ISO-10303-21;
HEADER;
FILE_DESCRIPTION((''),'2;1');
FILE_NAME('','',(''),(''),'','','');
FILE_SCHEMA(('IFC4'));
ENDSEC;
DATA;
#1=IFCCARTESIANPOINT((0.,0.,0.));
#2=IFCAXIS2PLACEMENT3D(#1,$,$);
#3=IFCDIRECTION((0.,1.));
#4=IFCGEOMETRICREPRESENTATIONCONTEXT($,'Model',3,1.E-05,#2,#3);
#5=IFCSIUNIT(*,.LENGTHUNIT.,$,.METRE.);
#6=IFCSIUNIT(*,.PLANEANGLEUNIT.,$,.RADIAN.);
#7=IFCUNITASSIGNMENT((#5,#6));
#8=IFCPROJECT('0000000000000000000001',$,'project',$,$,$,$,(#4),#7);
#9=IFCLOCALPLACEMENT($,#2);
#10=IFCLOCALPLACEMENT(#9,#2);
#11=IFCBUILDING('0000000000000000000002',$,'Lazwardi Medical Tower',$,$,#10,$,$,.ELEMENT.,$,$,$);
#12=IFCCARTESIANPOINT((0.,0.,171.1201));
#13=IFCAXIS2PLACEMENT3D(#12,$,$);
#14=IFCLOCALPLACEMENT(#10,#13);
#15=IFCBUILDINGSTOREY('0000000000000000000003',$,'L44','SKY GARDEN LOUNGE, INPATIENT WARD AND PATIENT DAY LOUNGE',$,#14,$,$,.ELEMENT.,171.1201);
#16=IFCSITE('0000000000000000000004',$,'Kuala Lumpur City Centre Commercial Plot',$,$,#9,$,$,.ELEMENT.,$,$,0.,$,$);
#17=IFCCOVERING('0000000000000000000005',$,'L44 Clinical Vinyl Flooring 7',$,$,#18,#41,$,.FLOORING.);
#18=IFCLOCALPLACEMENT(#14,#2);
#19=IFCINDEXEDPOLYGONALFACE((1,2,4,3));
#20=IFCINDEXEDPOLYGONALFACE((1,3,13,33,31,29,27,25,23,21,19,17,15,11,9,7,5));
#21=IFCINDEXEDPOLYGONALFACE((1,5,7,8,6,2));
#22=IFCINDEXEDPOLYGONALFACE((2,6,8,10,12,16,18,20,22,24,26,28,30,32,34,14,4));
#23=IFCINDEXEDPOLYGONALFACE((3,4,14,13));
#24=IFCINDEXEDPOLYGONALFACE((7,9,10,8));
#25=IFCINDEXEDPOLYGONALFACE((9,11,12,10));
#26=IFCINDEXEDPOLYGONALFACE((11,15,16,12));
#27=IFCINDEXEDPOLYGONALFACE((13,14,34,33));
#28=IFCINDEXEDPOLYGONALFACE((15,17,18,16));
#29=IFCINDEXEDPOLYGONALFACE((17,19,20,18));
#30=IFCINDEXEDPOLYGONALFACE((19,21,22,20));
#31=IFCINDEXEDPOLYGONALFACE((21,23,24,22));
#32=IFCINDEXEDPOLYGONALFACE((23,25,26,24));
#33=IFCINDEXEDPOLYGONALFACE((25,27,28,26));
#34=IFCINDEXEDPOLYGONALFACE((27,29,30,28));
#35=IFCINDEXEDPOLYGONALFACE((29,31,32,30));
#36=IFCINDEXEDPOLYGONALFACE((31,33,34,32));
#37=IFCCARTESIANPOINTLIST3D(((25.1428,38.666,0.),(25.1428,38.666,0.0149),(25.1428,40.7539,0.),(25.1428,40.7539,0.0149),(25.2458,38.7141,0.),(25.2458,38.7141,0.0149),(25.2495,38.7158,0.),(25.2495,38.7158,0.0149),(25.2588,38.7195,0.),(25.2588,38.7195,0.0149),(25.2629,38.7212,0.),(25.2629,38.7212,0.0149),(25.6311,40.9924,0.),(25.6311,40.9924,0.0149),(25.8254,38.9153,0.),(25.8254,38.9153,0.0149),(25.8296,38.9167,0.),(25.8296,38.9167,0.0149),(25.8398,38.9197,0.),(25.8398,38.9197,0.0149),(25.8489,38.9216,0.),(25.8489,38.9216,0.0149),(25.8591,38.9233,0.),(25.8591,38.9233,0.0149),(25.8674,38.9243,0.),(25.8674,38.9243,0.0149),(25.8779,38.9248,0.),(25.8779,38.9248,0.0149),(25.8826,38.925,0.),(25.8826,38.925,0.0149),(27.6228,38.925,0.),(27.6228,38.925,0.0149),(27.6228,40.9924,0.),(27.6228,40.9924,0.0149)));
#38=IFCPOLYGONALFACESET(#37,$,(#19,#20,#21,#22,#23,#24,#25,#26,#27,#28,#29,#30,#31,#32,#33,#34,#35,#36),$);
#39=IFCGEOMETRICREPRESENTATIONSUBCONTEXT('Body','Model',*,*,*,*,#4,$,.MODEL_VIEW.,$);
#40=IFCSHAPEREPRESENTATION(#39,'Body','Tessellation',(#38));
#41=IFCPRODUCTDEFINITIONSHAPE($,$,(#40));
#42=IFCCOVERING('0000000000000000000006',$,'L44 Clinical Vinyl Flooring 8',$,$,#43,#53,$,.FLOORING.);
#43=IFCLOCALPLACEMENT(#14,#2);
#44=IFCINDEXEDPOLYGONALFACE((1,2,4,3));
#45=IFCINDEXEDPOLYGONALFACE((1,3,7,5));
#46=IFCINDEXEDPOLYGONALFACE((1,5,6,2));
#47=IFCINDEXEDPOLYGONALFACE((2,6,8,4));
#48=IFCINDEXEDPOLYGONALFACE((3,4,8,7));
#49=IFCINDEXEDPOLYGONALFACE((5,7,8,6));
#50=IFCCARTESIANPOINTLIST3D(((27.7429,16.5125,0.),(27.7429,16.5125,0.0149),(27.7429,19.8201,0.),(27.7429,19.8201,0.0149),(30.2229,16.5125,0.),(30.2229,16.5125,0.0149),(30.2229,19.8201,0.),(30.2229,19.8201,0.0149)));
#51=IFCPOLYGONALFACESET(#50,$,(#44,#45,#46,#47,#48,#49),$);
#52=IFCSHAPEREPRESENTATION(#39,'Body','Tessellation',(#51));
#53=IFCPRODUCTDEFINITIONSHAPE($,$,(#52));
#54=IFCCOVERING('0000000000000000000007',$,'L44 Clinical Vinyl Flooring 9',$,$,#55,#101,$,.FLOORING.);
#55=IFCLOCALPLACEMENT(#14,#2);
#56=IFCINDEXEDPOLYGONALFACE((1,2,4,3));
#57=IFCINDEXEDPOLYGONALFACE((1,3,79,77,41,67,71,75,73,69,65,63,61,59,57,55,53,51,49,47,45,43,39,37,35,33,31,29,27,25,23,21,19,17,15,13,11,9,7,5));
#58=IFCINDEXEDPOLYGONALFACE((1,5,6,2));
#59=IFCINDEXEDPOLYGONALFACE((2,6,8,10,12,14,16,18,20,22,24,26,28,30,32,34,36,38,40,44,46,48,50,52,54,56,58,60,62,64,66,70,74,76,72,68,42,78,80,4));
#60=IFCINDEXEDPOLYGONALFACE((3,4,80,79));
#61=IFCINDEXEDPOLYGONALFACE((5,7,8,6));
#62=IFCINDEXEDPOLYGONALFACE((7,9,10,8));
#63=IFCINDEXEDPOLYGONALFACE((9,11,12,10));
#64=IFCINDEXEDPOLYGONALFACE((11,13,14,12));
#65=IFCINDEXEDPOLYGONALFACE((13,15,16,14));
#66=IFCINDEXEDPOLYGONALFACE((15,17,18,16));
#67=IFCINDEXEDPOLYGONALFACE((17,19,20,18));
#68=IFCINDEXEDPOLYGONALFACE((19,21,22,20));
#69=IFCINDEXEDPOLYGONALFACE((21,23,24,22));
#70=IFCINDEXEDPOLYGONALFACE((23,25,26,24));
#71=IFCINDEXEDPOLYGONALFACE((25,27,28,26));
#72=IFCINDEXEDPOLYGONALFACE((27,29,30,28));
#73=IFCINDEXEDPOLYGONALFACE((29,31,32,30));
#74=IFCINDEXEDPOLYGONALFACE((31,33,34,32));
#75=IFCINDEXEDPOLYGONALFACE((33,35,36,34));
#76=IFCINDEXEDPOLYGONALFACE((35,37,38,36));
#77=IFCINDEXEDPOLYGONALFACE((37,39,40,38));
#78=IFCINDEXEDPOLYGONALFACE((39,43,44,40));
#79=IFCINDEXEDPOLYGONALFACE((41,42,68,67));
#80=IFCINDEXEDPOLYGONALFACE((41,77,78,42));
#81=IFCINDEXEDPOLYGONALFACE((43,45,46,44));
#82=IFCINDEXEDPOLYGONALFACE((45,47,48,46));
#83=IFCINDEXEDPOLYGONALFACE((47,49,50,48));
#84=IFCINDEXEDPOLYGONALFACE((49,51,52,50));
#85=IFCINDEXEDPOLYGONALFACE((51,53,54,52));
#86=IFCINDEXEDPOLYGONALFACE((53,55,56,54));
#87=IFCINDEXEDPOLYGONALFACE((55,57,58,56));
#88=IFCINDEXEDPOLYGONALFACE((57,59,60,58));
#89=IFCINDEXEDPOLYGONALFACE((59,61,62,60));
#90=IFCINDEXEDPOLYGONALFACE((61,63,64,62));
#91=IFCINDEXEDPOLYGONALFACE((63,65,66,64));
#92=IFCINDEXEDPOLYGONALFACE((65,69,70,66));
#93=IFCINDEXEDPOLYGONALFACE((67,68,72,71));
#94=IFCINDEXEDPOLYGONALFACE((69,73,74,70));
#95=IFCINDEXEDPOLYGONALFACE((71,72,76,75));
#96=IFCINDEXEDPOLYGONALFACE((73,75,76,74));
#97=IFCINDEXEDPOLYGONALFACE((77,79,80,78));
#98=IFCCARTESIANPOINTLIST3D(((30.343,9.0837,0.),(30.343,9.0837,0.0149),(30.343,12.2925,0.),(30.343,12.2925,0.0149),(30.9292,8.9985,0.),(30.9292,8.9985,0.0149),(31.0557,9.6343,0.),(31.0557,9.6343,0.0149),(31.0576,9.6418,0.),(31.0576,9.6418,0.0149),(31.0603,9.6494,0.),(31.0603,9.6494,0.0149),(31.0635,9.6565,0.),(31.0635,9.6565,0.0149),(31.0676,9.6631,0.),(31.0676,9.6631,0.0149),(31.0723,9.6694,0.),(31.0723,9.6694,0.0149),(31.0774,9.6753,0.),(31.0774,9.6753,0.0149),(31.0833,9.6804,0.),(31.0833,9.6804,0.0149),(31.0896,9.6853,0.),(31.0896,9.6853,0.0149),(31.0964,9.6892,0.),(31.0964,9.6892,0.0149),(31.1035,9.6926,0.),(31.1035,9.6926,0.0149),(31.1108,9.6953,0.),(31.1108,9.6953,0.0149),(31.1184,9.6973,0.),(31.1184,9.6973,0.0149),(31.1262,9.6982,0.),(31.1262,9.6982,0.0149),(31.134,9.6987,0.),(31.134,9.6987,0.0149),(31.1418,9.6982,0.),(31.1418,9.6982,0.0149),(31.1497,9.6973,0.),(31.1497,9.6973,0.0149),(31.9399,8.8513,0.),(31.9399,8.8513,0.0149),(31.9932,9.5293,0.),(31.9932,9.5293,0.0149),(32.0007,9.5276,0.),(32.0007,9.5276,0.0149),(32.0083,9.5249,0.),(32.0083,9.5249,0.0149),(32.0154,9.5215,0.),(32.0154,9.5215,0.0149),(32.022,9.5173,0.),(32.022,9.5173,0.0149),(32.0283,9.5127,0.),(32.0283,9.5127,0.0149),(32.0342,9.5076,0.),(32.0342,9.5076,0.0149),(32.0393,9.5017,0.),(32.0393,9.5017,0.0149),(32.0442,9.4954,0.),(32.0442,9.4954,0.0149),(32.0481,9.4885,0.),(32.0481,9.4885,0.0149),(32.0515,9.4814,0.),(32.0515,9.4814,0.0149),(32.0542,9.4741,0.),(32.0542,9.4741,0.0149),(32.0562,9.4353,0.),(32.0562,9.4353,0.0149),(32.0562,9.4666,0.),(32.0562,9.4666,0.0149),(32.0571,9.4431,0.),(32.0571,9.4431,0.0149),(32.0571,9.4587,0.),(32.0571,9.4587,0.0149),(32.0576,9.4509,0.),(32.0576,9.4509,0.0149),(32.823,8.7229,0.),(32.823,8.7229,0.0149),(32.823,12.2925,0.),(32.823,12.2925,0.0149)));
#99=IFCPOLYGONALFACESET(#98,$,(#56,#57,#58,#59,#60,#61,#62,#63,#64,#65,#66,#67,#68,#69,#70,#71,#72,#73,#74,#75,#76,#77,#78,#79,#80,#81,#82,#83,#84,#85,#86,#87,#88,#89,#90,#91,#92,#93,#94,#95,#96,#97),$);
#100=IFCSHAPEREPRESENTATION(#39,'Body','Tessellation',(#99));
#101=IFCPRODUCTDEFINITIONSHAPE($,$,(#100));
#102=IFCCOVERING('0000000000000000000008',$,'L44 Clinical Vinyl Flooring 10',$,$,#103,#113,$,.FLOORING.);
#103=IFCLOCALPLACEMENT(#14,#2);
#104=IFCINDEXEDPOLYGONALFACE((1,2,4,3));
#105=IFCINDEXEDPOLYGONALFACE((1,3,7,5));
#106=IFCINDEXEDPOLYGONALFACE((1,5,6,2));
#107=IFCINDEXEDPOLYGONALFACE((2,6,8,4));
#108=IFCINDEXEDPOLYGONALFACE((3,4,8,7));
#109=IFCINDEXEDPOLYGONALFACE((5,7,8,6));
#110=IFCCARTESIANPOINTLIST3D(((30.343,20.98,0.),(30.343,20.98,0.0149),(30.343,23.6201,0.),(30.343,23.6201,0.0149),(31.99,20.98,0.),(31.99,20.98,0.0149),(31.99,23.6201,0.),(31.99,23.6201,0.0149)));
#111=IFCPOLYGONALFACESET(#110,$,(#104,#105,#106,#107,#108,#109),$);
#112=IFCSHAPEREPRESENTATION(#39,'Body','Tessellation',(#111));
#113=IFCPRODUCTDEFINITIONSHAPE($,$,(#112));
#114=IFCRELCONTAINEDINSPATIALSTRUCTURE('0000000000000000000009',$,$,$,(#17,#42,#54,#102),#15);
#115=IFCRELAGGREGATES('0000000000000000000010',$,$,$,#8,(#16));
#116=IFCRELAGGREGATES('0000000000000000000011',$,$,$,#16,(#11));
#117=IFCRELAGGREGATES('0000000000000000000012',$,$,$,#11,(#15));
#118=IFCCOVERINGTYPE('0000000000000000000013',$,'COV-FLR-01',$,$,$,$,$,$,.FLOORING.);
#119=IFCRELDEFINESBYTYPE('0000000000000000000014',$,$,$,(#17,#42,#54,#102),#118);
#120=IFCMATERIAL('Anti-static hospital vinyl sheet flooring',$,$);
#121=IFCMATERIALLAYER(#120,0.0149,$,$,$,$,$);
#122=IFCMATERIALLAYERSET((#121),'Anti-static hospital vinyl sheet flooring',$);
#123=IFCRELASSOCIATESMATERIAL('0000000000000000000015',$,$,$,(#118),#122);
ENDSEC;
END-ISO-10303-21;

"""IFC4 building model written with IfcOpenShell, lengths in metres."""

from ifc_helpers import new_model, si_unit, direction, frame, origin, place, context, subcontext, project, spatial, polyline, outline, extrude, material, layer, layer_set, type_object, element, save


model = new_model("IFC4")

# Units and contexts
model_context = context("Model", 3, precision=1e-05, world=origin(), true_north=direction((0.0, 1.0)))
body_context = subcontext(model_context, "Body", "Model", "MODEL_VIEW")
ifc_project = project(units=[si_unit("LENGTHUNIT", "METRE"), si_unit("PLANEANGLEUNIT", "RADIAN")], contexts=[model_context])

# Site, building, storey
site_placement = place(None, origin())
site = spatial("IfcSite", under=ifc_project, at=site_placement, Name="Kuala Lumpur City Centre Commercial Plot", CompositionType="ELEMENT", RefElevation=0.0)
building_placement = place(site_placement, origin())
building = spatial("IfcBuilding", under=site, at=building_placement, Name="Lazwardi Medical Tower", CompositionType="ELEMENT")
storey_placement = place(building_placement, frame((0.0, 0.0, 171.1201)))
storey = spatial("IfcBuildingStorey", under=building, at=storey_placement, Name="L44", Description="SKY GARDEN LOUNGE, INPATIENT WARD AND PATIENT DAY LOUNGE", CompositionType="ELEMENT", Elevation=171.1201)

# Coverings
ifc_material_1 = material(Name="Anti-static hospital vinyl sheet flooring")
ifc_layer_1 = layer(ifc_material_1, 0.0149)
ifc_layer_set_1 = layer_set([ifc_layer_1], Name="Anti-static hospital vinyl sheet flooring")
covering_type_1 = type_object("IfcCoveringType", Name="COV-FLR-01", PredefinedType="FLOORING", material=ifc_layer_set_1)
covering_1_placement = place(storey_placement, origin())
element("IfcCovering", 1, at=covering_1_placement, inside=storey, type_object=covering_type_1, Name="L44 Clinical Vinyl Flooring 7", PredefinedType="FLOORING", context=body_context, shape_type="SweptSolid", body=[
    extrude(outline(polyline([(25.6311, 40.9924), (25.1428, 40.7539), (25.1428, 38.666), (25.2458, 38.7141), (25.2495, 38.7158), (25.2588, 38.7195), (25.2629, 38.7212), (25.8254, 38.9153), (25.8296, 38.9167), (25.8398, 38.9197), (25.8489, 38.9216), (25.8591, 38.9233), (25.8674, 38.9243), (25.8779, 38.9248), (25.8826, 38.925), (27.6228, 38.925), (27.6228, 40.9924), (25.6311, 40.9924)])), origin(), (0.0, 0.0, 1.0), 0.0149),
])
covering_2_placement = place(storey_placement, origin())
element("IfcCovering", 2, at=covering_2_placement, inside=storey, type_object=covering_type_1, Name="L44 Clinical Vinyl Flooring 8", PredefinedType="FLOORING", context=body_context, shape_type="SweptSolid", body=[
    extrude(outline(polyline([(30.2229, 19.8201), (27.7429, 19.8201), (27.7429, 16.5125), (30.2229, 16.5125), (30.2229, 19.8201)])), origin(), (0.0, 0.0, 1.0), 0.0149),
])
covering_3_placement = place(storey_placement, origin())
element("IfcCovering", 3, at=covering_3_placement, inside=storey, type_object=covering_type_1, Name="L44 Clinical Vinyl Flooring 9", PredefinedType="FLOORING", context=body_context, shape_type="SweptSolid", body=[
    extrude(outline(polyline([(30.343, 9.0837), (30.9292, 8.9985), (31.0557, 9.6343), (31.0576, 9.6418), (31.0603, 9.6494), (31.0635, 9.6565), (31.0676, 9.6631), (31.0723, 9.6694), (31.0774, 9.6753), (31.0833, 9.6804), (31.0896, 9.6853), (31.0964, 9.6892), (31.1035, 9.6926), (31.1108, 9.6953), (31.1184, 9.6973), (31.1262, 9.6982), (31.134, 9.6987), (31.1418, 9.6982), (31.1497, 9.6973), (31.9932, 9.5293), (32.0007, 9.5276), (32.0083, 9.5249), (32.0154, 9.5215), (32.022, 9.5173), (32.0283, 9.5127), (32.0342, 9.5076), (32.0393, 9.5017), (32.0442, 9.4954), (32.0481, 9.4885), (32.0515, 9.4814), (32.0542, 9.4741), (32.0562, 9.4666), (32.0571, 9.4587), (32.0576, 9.4509), (32.0571, 9.4431), (32.0562, 9.4353), (31.9399, 8.8513), (32.823, 8.7229), (32.823, 12.2925), (30.343, 12.2925), (30.343, 9.0837)])), origin(), (0.0, 0.0, 1.0), 0.0149),
])
covering_4_placement = place(storey_placement, origin())
element("IfcCovering", 4, at=covering_4_placement, inside=storey, type_object=covering_type_1, Name="L44 Clinical Vinyl Flooring 10", PredefinedType="FLOORING", context=body_context, shape_type="SweptSolid", body=[
    extrude(outline(polyline([(30.343, 20.98), (31.99, 20.98), (31.99, 23.6201), (30.343, 23.6201), (30.343, 20.98)])), origin(), (0.0, 0.0, 1.0), 0.0149),
])

save(model, "model.ifc")
